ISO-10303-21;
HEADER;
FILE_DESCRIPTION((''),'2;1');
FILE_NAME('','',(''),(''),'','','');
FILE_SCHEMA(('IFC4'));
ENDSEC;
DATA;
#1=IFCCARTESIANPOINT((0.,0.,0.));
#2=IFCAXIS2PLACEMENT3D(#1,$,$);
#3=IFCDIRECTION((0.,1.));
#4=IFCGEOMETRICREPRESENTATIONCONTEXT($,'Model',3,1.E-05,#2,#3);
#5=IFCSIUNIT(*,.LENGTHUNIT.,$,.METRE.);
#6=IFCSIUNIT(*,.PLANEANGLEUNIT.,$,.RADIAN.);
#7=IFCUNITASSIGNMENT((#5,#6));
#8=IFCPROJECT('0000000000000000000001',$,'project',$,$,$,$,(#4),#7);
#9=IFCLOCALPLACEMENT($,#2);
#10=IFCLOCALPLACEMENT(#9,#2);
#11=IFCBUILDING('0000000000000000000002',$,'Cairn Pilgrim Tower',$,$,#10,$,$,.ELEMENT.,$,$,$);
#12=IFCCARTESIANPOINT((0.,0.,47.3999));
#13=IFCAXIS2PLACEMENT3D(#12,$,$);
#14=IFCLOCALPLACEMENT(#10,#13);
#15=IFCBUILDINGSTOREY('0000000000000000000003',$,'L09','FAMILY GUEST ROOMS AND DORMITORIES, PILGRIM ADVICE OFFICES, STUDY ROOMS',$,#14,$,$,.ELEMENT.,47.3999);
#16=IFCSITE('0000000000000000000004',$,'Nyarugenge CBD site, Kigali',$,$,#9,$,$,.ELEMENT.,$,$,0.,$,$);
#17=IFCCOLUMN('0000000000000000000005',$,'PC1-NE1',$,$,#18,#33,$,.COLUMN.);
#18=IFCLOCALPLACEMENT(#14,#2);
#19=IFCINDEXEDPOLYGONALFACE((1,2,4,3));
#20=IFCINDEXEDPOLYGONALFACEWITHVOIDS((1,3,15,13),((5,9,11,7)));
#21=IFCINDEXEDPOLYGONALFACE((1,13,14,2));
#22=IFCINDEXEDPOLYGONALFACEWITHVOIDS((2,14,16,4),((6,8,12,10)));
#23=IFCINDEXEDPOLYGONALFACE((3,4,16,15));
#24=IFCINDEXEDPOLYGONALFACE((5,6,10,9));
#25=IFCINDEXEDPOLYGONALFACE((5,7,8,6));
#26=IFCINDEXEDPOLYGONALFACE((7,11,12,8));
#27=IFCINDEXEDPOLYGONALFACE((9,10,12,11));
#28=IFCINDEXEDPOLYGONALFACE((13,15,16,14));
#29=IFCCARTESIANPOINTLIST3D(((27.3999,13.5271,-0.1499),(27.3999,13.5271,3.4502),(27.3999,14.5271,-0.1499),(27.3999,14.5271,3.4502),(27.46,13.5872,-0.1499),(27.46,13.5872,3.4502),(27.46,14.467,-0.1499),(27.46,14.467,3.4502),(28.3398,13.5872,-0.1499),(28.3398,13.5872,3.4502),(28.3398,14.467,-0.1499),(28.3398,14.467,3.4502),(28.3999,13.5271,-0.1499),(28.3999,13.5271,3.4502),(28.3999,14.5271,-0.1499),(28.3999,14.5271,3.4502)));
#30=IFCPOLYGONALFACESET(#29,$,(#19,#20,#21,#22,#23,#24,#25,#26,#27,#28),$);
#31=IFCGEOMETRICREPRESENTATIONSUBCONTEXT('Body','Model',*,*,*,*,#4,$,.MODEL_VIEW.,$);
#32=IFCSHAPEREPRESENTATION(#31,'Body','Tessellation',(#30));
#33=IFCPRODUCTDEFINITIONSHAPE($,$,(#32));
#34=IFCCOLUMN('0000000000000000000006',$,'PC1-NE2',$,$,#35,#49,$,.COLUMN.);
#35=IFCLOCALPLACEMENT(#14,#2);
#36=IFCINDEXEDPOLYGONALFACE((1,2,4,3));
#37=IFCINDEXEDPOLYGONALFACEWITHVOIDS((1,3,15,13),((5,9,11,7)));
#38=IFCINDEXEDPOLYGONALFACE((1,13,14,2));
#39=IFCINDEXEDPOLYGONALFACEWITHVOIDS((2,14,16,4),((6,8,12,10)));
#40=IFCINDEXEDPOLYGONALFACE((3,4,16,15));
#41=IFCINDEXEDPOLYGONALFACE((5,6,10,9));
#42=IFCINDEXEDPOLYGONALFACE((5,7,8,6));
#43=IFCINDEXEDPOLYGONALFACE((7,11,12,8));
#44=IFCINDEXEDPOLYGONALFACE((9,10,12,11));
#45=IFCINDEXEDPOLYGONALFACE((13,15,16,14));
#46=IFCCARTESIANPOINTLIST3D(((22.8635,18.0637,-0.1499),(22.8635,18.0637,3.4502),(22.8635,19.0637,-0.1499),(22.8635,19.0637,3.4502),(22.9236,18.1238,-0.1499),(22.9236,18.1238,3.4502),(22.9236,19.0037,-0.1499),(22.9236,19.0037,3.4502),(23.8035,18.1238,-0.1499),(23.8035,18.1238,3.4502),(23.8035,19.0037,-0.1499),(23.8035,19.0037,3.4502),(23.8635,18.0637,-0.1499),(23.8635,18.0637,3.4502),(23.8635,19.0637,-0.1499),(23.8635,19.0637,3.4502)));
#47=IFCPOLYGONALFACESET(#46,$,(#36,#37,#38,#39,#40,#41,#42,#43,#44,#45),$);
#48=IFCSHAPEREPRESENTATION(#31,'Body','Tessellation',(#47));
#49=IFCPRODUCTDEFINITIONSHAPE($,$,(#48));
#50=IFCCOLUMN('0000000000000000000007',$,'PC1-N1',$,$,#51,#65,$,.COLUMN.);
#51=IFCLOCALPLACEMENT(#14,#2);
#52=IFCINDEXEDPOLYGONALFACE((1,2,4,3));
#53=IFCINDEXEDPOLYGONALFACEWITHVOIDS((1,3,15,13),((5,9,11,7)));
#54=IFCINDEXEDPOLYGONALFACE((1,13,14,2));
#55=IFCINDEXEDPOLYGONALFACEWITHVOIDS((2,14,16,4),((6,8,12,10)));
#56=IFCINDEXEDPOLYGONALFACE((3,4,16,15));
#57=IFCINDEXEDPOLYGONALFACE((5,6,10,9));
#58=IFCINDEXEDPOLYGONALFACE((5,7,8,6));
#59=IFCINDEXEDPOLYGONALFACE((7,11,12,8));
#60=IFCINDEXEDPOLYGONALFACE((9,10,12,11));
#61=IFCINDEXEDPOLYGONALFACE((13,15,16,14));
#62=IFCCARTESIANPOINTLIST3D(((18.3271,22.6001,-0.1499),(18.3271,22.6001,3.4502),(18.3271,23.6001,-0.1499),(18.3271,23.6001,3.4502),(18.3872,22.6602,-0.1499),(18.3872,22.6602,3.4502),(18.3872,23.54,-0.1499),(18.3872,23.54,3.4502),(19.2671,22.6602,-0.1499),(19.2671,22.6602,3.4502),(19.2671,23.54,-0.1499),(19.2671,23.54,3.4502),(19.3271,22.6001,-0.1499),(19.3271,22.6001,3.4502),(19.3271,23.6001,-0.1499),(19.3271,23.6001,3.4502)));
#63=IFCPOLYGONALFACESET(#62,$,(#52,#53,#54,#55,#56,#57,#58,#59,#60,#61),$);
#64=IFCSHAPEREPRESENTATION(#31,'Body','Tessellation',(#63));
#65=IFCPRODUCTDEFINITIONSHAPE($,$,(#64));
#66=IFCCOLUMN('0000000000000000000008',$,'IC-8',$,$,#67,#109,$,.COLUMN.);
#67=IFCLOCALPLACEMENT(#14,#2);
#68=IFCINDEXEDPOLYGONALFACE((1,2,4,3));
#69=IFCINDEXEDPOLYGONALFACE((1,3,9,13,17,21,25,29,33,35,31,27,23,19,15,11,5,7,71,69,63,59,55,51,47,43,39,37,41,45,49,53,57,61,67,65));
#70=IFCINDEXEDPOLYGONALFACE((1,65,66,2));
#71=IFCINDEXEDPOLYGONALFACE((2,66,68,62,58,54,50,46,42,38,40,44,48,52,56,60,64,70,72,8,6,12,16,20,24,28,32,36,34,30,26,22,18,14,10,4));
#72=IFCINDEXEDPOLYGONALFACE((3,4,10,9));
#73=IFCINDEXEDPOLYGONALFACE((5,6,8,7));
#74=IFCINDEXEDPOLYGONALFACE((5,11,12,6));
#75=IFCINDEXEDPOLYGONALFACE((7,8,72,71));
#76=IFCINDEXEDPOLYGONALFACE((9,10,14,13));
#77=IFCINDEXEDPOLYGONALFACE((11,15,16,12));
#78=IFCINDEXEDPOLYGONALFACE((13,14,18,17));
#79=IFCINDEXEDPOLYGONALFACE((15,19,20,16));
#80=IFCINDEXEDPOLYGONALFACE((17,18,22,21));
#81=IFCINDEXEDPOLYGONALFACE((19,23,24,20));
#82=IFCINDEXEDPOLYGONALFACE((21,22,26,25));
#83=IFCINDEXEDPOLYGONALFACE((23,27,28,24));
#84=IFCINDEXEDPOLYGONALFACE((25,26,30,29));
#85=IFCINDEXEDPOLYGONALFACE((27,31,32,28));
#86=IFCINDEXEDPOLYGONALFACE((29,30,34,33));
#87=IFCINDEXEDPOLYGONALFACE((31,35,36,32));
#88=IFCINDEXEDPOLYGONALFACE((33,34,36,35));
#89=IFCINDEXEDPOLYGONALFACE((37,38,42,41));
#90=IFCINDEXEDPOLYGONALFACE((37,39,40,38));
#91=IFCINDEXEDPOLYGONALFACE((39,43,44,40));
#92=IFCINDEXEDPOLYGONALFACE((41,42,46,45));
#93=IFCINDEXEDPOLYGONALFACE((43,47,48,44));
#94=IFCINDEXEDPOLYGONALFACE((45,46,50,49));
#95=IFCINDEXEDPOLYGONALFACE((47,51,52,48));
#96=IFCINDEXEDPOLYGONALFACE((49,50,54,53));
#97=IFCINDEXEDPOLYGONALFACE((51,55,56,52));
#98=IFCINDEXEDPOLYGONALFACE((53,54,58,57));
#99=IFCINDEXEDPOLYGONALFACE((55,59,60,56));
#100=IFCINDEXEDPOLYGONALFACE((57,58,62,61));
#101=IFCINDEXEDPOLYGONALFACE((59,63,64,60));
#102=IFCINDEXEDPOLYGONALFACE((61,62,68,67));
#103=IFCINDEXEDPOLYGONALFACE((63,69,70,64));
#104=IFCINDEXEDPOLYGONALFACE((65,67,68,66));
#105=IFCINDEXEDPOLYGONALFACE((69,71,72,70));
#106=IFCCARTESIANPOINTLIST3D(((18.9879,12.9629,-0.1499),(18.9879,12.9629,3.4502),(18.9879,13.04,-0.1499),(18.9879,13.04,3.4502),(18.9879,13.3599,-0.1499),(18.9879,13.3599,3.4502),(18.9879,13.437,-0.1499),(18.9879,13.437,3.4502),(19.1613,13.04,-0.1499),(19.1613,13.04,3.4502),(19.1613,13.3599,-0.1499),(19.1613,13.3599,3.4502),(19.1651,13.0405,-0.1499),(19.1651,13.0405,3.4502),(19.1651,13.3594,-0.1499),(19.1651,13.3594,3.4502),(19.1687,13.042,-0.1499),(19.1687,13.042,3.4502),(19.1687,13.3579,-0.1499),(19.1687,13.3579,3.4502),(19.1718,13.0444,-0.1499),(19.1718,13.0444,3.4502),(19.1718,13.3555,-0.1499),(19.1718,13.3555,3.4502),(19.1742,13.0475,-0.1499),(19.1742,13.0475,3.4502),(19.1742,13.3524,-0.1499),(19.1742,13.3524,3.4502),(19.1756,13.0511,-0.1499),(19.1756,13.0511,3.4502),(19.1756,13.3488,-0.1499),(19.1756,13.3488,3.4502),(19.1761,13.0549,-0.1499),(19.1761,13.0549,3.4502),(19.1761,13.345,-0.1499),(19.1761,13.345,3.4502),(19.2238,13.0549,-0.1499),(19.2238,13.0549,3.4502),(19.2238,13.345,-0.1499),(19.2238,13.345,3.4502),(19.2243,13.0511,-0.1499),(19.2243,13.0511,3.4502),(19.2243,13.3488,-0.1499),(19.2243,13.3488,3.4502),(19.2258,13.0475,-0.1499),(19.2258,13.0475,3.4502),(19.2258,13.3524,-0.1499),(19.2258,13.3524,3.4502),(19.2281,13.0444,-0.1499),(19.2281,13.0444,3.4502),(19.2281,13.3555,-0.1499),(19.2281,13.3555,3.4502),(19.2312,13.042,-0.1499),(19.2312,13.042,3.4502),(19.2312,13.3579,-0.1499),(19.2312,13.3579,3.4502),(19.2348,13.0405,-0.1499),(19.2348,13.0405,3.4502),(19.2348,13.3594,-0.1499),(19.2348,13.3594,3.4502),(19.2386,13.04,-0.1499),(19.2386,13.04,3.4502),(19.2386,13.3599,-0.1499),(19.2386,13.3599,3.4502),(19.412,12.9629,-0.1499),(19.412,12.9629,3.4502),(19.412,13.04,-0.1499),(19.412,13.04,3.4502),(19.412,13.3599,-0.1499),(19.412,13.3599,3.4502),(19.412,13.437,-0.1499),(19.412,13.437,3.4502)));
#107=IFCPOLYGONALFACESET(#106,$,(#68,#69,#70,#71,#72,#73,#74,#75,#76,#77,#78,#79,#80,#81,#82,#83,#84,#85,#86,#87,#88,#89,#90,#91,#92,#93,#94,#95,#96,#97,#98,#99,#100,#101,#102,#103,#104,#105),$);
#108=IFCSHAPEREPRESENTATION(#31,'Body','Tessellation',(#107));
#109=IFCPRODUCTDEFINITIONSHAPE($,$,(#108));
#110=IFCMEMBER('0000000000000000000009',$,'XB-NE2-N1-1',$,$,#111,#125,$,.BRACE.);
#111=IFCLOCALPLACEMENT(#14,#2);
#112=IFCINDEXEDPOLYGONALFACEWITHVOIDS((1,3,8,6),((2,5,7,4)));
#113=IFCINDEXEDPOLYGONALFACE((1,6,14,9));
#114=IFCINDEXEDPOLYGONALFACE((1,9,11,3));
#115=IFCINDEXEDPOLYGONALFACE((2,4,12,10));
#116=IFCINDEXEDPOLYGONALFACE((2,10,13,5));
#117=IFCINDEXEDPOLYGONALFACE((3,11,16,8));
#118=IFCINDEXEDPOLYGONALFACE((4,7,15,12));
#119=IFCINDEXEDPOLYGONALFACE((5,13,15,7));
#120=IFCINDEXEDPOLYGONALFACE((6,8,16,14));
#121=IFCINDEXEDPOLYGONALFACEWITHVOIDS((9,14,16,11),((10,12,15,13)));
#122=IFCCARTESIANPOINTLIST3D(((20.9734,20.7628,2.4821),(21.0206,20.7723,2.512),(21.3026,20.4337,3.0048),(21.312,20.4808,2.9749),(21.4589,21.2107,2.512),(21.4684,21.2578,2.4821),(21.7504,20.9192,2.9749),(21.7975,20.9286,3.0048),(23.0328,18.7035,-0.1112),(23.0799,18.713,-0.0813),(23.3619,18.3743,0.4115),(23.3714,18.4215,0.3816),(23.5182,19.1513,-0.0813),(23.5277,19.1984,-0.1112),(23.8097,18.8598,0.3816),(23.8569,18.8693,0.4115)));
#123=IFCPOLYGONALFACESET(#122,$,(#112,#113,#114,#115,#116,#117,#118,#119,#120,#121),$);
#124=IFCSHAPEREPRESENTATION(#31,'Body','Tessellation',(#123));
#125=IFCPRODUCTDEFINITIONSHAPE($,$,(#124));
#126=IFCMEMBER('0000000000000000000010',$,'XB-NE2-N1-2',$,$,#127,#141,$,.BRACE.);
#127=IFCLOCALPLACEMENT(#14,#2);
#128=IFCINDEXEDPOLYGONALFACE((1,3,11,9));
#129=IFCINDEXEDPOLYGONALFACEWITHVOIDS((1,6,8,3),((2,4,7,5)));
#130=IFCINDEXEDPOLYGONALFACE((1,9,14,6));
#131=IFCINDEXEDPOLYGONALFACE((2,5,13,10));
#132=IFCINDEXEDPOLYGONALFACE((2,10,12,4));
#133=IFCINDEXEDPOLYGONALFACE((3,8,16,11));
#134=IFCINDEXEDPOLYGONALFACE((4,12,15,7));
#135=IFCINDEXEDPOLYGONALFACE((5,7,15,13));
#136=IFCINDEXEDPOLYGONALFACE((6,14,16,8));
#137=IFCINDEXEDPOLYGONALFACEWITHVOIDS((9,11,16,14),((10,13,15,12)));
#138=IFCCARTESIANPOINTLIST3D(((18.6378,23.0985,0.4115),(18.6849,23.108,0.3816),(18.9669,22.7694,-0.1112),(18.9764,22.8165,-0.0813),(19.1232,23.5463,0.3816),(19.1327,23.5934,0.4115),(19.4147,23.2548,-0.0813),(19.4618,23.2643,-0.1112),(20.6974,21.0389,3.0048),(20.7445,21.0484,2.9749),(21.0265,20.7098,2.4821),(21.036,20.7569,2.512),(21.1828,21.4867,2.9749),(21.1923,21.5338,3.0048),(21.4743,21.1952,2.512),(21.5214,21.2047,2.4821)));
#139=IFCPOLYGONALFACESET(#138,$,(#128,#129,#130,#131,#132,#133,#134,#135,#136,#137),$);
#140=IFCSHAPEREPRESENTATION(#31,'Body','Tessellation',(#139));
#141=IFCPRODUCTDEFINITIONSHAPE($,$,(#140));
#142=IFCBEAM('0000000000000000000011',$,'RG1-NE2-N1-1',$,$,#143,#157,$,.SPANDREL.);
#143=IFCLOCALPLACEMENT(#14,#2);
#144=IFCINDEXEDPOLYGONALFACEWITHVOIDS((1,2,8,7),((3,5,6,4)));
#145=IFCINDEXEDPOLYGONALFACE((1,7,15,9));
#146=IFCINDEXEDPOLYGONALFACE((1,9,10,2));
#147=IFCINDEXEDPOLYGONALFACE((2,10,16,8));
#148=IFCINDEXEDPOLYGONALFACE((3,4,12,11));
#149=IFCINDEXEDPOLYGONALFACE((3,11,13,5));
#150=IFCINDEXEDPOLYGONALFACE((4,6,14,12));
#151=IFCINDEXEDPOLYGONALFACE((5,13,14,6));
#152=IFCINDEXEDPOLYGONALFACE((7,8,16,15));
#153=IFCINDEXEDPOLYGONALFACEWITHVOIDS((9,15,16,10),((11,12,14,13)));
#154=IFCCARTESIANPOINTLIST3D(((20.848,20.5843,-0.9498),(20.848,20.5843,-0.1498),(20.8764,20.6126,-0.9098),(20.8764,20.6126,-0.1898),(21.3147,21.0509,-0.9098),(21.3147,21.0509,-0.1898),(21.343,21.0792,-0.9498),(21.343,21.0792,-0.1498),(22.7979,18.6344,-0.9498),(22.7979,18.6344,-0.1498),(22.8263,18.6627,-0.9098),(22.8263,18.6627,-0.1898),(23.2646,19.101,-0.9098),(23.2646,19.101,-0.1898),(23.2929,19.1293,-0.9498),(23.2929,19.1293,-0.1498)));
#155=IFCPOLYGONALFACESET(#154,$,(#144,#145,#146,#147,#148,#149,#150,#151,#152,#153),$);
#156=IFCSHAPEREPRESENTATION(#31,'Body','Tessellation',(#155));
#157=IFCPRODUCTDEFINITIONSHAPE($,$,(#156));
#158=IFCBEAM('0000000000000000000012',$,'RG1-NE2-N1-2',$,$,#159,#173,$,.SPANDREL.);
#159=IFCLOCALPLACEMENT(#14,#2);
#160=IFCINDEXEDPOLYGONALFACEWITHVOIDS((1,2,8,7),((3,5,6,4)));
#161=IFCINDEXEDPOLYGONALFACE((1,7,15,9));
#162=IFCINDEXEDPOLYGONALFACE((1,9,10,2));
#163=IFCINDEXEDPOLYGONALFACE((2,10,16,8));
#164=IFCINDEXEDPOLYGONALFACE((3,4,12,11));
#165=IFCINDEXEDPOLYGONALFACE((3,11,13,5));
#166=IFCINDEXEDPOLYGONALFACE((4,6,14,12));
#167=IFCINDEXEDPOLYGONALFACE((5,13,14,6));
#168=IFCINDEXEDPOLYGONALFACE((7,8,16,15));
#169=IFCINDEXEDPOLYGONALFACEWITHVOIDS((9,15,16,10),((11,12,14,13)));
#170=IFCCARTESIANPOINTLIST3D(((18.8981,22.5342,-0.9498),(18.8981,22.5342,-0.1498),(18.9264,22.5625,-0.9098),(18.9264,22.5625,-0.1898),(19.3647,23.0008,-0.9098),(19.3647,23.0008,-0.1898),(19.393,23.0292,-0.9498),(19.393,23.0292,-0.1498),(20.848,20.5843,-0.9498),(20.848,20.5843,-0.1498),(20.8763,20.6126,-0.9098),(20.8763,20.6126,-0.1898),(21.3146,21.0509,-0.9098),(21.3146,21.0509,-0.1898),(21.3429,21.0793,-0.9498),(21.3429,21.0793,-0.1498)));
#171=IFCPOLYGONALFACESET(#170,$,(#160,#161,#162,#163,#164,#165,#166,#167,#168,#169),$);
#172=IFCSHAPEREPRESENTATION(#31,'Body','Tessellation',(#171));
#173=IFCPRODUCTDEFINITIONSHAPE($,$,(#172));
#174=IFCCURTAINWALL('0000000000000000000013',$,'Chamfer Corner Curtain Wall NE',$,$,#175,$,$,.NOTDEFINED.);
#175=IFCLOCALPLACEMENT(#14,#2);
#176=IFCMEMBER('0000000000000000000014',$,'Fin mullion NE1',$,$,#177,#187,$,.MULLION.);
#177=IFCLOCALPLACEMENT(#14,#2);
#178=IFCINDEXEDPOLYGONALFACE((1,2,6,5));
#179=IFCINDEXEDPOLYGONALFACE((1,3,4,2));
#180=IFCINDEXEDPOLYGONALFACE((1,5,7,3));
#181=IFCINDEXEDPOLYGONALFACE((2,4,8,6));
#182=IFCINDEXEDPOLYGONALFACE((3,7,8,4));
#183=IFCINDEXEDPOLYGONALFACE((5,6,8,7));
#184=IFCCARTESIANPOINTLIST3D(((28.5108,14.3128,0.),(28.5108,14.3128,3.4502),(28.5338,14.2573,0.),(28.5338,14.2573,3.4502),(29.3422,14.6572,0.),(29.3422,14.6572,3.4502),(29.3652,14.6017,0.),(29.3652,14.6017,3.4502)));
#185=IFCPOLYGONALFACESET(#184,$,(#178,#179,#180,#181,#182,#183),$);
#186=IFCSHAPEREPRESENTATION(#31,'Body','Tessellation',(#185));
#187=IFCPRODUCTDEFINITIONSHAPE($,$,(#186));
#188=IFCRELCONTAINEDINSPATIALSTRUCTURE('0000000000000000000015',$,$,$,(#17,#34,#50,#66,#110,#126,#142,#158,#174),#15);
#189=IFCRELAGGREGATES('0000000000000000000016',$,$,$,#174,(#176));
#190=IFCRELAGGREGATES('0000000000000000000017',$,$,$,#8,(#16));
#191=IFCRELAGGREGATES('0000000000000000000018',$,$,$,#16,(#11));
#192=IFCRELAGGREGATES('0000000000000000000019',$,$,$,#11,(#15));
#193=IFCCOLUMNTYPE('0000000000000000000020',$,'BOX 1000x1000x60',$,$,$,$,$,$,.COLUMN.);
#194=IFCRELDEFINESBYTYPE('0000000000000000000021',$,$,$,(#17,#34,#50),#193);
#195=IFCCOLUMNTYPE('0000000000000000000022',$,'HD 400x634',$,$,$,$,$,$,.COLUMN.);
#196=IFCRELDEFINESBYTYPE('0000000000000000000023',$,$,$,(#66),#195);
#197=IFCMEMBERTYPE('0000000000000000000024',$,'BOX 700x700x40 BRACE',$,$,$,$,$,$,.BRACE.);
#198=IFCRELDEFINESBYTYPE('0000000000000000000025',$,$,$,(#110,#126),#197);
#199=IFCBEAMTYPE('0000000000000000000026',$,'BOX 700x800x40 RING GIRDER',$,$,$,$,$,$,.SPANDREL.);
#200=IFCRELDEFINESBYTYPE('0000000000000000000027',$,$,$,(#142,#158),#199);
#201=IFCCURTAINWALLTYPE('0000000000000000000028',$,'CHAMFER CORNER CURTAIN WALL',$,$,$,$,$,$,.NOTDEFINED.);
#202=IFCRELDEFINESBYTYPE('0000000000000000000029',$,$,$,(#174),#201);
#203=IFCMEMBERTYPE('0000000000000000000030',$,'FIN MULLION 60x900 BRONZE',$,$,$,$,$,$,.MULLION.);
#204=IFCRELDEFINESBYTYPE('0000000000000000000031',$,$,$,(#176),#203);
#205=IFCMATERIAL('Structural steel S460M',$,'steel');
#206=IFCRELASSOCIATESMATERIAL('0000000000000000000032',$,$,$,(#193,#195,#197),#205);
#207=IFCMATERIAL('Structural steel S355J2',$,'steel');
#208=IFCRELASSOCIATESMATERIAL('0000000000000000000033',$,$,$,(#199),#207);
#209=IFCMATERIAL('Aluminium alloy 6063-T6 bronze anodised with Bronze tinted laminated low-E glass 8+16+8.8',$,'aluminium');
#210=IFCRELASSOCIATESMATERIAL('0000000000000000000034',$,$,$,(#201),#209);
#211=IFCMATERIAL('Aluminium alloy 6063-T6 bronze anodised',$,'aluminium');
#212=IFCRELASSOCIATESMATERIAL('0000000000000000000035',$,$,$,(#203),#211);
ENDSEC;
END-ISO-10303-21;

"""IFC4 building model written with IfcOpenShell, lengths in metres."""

from ifc_helpers import new_model, si_unit, direction, frame, origin, origin_2d, place, context, subcontext, project, spatial, rectangle, hollow_rectangle, i_section, extrude, material, material_profile, profile_set, type_object, element, aggregate, save


model = new_model("IFC4")

# Units and contexts
model_context = context("Model", 3, precision=1e-05, world=origin(), true_north=direction((0.0, 1.0)))
body_context = subcontext(model_context, "Body", "Model", "MODEL_VIEW")
ifc_project = project(units=[si_unit("LENGTHUNIT", "METRE"), si_unit("PLANEANGLEUNIT", "RADIAN")], contexts=[model_context])

# Site, building, storey
site_placement = place(None, origin())
site = spatial("IfcSite", under=ifc_project, at=site_placement, Name="Nyarugenge CBD site, Kigali", CompositionType="ELEMENT", RefElevation=0.0)
building_placement = place(site_placement, origin())
building = spatial("IfcBuilding", under=site, at=building_placement, Name="Cairn Pilgrim Tower", CompositionType="ELEMENT")
storey_placement = place(building_placement, frame((0.0, 0.0, 47.3999)))
storey = spatial("IfcBuildingStorey", under=building, at=storey_placement, Name="L09", Description="FAMILY GUEST ROOMS AND DORMITORIES, PILGRIM ADVICE OFFICES, STUDY ROOMS", CompositionType="ELEMENT", Elevation=47.3999)

# Columns
ifc_material_1 = material(Name="Structural steel S460M", Category="steel")
ifc_material_profile_1 = material_profile(ifc_material_1, hollow_rectangle(XDim=1.0, YDim=1.0, WallThickness=0.0601, at=origin_2d()), Name="BOX 1000x1000x60")
ifc_profile_set_1 = profile_set([ifc_material_profile_1], Name="Structural steel S460M")
column_type_1 = type_object("IfcColumnType", Name="BOX 1000x1000x60", PredefinedType="COLUMN", material=ifc_profile_set_1)
for number, where, z_axis, x_axis, name in (
    (1, (27.8999, 14.0271, -0.1499), (0.0, 0.0, 1.0), (1.0, 0.0, 0.0), "PC1-NE1"),
    (2, (23.3635, 18.5637, -0.1499), (0.0, 0.0, 1.0), (1.0, 0.0, 0.0), "PC1-NE2"),
    (3, (18.8271, 23.1001, -0.1499), (0.0, 0.0, 1.0), (1.0, 0.0, 0.0), "PC1-N1"),
):
    element("IfcColumn", number, at=place(storey_placement, frame(where, z_axis=z_axis, x_axis=x_axis)), inside=storey, type_object=column_type_1, Name=name, PredefinedType="COLUMN", context=body_context, shape_type="SweptSolid", body=[
        extrude(hollow_rectangle(XDim=1.0, YDim=1.0, WallThickness=0.0601, at=origin_2d()), origin(), (0.0, 0.0, 1.0), 3.6001),
    ])
ifc_material_profile_2 = material_profile(ifc_material_1, i_section(OverallWidth=0.4241, OverallDepth=0.4741, WebThickness=0.0476, FlangeThickness=0.0771, FilletRadius=0.0149, at=origin_2d()), Name="HD 400x634")
ifc_profile_set_2 = profile_set([ifc_material_profile_2], Name="Structural steel S460M")
column_type_2 = type_object("IfcColumnType", Name="HD 400x634", PredefinedType="COLUMN", material=ifc_profile_set_2)
column_placement = place(storey_placement, frame((19.2, 13.2, -0.1499), z_axis=(0.0, 0.0, 1.0), x_axis=(1.0, 0.0, 0.0)))
element("IfcColumn", 4, at=column_placement, inside=storey, type_object=column_type_2, Name="IC-8", PredefinedType="COLUMN", context=body_context, shape_type="SweptSolid", body=[
    extrude(i_section(OverallWidth=0.4241, OverallDepth=0.4741, WebThickness=0.0476, FlangeThickness=0.0771, FilletRadius=0.0149, at=origin_2d()), origin(), (0.0, 0.0, 1.0), 3.6001),
])

# Members
ifc_material_profile_3 = material_profile(ifc_material_1, hollow_rectangle(XDim=0.7, YDim=0.7, WallThickness=0.04, at=origin_2d()), Name="BOX 700x700x40")
ifc_profile_set_3 = profile_set([ifc_material_profile_3], Name="Structural steel S460M")
member_type_1 = type_object("IfcMemberType", Name="BOX 700x700x40 BRACE", PredefinedType="BRACE", material=ifc_profile_set_3)
member_1_placement = place(storey_placement, frame((23.4448, 18.7864, 0.1501), z_axis=(-0.52809, 0.52809, 0.665012), x_axis=(-0.707107, -0.707107, 0.0)))
element("IfcMember", 5, at=member_1_placement, inside=storey, type_object=member_type_1, Name="XB-NE2-N1-1", PredefinedType="BRACE", context=body_context, shape_type="SweptSolid", body=[
    extrude(hollow_rectangle(XDim=0.7, YDim=0.7, WallThickness=0.04, at=origin_2d()), origin(), (0.0, 0.0, 1.0), 3.8997),
])
member_2_placement = place(storey_placement, frame((19.0498, 23.1814, 0.1501), z_axis=(0.528118, -0.528118, 0.664968), x_axis=(0.707107, 0.707107, 0.0)))
element("IfcMember", 6, at=member_2_placement, inside=storey, type_object=member_type_1, Name="XB-NE2-N1-2", PredefinedType="BRACE", context=body_context, shape_type="SweptSolid", body=[
    extrude(hollow_rectangle(XDim=0.7, YDim=0.7, WallThickness=0.04, at=origin_2d()), origin(), (0.0, 0.0, 1.0), 3.8999),
])

# Beams
ifc_material_2 = material(Name="Structural steel S355J2", Category="steel")
ifc_material_profile_4 = material_profile(ifc_material_2, hollow_rectangle(XDim=0.7, YDim=0.8, WallThickness=0.04, at=origin_2d()), Name="BOX 700x800x40")
ifc_profile_set_4 = profile_set([ifc_material_profile_4], Name="Structural steel S355J2")
beam_type_1 = type_object("IfcBeamType", Name="BOX 700x800x40 RING GIRDER", PredefinedType="SPANDREL", material=ifc_profile_set_4)
for number, where, z_axis, x_axis, name in (
    (7, (23.0454, 18.8818, -0.5498), (-0.707107, 0.707107, 0.0), (-0.707107, -0.707107, 0.0), "RG1-NE2-N1-1"),
    (8, (21.0955, 20.8318, -0.5498), (-0.707107, 0.707107, 0.0), (-0.707107, -0.707107, 0.0), "RG1-NE2-N1-2"),
):
    element("IfcBeam", number, at=place(storey_placement, frame(where, z_axis=z_axis, x_axis=x_axis)), inside=storey, type_object=beam_type_1, Name=name, PredefinedType="SPANDREL", context=body_context, shape_type="SweptSolid", body=[
        extrude(hollow_rectangle(XDim=0.7, YDim=0.8, WallThickness=0.04, at=origin_2d()), origin(), (0.0, 0.0, 1.0), 2.7576),
    ])

# Curtain wall, member
ifc_material_3 = material(Name="Aluminium alloy 6063-T6 bronze anodised with Bronze tinted laminated low-E glass 8+16+8.8", Category="aluminium")
curtain_wall_type_1 = type_object("IfcCurtainWallType", Name="CHAMFER CORNER CURTAIN WALL", PredefinedType="NOTDEFINED", material=ifc_material_3)
curtain_wall_1_placement = place(storey_placement, origin())
curtain_wall_1 = element("IfcCurtainWall", 9, at=curtain_wall_1_placement, inside=storey, type_object=curtain_wall_type_1, Name="Chamfer Corner Curtain Wall NE", PredefinedType="NOTDEFINED")
ifc_material_4 = material(Name="Aluminium alloy 6063-T6 bronze anodised", Category="aluminium")
ifc_material_profile_5 = material_profile(ifc_material_4, rectangle(XDim=0.8999, YDim=0.0601, at=origin_2d()), Name="FIN MULLION 60x900 BRONZE")
ifc_profile_set_5 = profile_set([ifc_material_profile_5], Name="Aluminium alloy 6063-T6 bronze anodised")
member_type_2 = type_object("IfcMemberType", Name="FIN MULLION 60x900 BRONZE", PredefinedType="MULLION", material=ifc_profile_set_5)
member_3_placement = place(storey_placement, frame((28.938, 14.4573, 0.0), z_axis=(0.0, 0.0, 1.0), x_axis=(0.92388, 0.382683, 0.0)))
member_3 = element("IfcMember", 10, at=member_3_placement, type_object=member_type_2, Name="Fin mullion NE1", PredefinedType="MULLION", context=body_context, shape_type="SweptSolid", body=[
    extrude(rectangle(XDim=0.8999, YDim=0.0601, at=origin_2d()), origin(), (0.0, 0.0, 1.0), 3.4502),
])

aggregate(curtain_wall_1, [member_3])

save(model, "model.ifc")
